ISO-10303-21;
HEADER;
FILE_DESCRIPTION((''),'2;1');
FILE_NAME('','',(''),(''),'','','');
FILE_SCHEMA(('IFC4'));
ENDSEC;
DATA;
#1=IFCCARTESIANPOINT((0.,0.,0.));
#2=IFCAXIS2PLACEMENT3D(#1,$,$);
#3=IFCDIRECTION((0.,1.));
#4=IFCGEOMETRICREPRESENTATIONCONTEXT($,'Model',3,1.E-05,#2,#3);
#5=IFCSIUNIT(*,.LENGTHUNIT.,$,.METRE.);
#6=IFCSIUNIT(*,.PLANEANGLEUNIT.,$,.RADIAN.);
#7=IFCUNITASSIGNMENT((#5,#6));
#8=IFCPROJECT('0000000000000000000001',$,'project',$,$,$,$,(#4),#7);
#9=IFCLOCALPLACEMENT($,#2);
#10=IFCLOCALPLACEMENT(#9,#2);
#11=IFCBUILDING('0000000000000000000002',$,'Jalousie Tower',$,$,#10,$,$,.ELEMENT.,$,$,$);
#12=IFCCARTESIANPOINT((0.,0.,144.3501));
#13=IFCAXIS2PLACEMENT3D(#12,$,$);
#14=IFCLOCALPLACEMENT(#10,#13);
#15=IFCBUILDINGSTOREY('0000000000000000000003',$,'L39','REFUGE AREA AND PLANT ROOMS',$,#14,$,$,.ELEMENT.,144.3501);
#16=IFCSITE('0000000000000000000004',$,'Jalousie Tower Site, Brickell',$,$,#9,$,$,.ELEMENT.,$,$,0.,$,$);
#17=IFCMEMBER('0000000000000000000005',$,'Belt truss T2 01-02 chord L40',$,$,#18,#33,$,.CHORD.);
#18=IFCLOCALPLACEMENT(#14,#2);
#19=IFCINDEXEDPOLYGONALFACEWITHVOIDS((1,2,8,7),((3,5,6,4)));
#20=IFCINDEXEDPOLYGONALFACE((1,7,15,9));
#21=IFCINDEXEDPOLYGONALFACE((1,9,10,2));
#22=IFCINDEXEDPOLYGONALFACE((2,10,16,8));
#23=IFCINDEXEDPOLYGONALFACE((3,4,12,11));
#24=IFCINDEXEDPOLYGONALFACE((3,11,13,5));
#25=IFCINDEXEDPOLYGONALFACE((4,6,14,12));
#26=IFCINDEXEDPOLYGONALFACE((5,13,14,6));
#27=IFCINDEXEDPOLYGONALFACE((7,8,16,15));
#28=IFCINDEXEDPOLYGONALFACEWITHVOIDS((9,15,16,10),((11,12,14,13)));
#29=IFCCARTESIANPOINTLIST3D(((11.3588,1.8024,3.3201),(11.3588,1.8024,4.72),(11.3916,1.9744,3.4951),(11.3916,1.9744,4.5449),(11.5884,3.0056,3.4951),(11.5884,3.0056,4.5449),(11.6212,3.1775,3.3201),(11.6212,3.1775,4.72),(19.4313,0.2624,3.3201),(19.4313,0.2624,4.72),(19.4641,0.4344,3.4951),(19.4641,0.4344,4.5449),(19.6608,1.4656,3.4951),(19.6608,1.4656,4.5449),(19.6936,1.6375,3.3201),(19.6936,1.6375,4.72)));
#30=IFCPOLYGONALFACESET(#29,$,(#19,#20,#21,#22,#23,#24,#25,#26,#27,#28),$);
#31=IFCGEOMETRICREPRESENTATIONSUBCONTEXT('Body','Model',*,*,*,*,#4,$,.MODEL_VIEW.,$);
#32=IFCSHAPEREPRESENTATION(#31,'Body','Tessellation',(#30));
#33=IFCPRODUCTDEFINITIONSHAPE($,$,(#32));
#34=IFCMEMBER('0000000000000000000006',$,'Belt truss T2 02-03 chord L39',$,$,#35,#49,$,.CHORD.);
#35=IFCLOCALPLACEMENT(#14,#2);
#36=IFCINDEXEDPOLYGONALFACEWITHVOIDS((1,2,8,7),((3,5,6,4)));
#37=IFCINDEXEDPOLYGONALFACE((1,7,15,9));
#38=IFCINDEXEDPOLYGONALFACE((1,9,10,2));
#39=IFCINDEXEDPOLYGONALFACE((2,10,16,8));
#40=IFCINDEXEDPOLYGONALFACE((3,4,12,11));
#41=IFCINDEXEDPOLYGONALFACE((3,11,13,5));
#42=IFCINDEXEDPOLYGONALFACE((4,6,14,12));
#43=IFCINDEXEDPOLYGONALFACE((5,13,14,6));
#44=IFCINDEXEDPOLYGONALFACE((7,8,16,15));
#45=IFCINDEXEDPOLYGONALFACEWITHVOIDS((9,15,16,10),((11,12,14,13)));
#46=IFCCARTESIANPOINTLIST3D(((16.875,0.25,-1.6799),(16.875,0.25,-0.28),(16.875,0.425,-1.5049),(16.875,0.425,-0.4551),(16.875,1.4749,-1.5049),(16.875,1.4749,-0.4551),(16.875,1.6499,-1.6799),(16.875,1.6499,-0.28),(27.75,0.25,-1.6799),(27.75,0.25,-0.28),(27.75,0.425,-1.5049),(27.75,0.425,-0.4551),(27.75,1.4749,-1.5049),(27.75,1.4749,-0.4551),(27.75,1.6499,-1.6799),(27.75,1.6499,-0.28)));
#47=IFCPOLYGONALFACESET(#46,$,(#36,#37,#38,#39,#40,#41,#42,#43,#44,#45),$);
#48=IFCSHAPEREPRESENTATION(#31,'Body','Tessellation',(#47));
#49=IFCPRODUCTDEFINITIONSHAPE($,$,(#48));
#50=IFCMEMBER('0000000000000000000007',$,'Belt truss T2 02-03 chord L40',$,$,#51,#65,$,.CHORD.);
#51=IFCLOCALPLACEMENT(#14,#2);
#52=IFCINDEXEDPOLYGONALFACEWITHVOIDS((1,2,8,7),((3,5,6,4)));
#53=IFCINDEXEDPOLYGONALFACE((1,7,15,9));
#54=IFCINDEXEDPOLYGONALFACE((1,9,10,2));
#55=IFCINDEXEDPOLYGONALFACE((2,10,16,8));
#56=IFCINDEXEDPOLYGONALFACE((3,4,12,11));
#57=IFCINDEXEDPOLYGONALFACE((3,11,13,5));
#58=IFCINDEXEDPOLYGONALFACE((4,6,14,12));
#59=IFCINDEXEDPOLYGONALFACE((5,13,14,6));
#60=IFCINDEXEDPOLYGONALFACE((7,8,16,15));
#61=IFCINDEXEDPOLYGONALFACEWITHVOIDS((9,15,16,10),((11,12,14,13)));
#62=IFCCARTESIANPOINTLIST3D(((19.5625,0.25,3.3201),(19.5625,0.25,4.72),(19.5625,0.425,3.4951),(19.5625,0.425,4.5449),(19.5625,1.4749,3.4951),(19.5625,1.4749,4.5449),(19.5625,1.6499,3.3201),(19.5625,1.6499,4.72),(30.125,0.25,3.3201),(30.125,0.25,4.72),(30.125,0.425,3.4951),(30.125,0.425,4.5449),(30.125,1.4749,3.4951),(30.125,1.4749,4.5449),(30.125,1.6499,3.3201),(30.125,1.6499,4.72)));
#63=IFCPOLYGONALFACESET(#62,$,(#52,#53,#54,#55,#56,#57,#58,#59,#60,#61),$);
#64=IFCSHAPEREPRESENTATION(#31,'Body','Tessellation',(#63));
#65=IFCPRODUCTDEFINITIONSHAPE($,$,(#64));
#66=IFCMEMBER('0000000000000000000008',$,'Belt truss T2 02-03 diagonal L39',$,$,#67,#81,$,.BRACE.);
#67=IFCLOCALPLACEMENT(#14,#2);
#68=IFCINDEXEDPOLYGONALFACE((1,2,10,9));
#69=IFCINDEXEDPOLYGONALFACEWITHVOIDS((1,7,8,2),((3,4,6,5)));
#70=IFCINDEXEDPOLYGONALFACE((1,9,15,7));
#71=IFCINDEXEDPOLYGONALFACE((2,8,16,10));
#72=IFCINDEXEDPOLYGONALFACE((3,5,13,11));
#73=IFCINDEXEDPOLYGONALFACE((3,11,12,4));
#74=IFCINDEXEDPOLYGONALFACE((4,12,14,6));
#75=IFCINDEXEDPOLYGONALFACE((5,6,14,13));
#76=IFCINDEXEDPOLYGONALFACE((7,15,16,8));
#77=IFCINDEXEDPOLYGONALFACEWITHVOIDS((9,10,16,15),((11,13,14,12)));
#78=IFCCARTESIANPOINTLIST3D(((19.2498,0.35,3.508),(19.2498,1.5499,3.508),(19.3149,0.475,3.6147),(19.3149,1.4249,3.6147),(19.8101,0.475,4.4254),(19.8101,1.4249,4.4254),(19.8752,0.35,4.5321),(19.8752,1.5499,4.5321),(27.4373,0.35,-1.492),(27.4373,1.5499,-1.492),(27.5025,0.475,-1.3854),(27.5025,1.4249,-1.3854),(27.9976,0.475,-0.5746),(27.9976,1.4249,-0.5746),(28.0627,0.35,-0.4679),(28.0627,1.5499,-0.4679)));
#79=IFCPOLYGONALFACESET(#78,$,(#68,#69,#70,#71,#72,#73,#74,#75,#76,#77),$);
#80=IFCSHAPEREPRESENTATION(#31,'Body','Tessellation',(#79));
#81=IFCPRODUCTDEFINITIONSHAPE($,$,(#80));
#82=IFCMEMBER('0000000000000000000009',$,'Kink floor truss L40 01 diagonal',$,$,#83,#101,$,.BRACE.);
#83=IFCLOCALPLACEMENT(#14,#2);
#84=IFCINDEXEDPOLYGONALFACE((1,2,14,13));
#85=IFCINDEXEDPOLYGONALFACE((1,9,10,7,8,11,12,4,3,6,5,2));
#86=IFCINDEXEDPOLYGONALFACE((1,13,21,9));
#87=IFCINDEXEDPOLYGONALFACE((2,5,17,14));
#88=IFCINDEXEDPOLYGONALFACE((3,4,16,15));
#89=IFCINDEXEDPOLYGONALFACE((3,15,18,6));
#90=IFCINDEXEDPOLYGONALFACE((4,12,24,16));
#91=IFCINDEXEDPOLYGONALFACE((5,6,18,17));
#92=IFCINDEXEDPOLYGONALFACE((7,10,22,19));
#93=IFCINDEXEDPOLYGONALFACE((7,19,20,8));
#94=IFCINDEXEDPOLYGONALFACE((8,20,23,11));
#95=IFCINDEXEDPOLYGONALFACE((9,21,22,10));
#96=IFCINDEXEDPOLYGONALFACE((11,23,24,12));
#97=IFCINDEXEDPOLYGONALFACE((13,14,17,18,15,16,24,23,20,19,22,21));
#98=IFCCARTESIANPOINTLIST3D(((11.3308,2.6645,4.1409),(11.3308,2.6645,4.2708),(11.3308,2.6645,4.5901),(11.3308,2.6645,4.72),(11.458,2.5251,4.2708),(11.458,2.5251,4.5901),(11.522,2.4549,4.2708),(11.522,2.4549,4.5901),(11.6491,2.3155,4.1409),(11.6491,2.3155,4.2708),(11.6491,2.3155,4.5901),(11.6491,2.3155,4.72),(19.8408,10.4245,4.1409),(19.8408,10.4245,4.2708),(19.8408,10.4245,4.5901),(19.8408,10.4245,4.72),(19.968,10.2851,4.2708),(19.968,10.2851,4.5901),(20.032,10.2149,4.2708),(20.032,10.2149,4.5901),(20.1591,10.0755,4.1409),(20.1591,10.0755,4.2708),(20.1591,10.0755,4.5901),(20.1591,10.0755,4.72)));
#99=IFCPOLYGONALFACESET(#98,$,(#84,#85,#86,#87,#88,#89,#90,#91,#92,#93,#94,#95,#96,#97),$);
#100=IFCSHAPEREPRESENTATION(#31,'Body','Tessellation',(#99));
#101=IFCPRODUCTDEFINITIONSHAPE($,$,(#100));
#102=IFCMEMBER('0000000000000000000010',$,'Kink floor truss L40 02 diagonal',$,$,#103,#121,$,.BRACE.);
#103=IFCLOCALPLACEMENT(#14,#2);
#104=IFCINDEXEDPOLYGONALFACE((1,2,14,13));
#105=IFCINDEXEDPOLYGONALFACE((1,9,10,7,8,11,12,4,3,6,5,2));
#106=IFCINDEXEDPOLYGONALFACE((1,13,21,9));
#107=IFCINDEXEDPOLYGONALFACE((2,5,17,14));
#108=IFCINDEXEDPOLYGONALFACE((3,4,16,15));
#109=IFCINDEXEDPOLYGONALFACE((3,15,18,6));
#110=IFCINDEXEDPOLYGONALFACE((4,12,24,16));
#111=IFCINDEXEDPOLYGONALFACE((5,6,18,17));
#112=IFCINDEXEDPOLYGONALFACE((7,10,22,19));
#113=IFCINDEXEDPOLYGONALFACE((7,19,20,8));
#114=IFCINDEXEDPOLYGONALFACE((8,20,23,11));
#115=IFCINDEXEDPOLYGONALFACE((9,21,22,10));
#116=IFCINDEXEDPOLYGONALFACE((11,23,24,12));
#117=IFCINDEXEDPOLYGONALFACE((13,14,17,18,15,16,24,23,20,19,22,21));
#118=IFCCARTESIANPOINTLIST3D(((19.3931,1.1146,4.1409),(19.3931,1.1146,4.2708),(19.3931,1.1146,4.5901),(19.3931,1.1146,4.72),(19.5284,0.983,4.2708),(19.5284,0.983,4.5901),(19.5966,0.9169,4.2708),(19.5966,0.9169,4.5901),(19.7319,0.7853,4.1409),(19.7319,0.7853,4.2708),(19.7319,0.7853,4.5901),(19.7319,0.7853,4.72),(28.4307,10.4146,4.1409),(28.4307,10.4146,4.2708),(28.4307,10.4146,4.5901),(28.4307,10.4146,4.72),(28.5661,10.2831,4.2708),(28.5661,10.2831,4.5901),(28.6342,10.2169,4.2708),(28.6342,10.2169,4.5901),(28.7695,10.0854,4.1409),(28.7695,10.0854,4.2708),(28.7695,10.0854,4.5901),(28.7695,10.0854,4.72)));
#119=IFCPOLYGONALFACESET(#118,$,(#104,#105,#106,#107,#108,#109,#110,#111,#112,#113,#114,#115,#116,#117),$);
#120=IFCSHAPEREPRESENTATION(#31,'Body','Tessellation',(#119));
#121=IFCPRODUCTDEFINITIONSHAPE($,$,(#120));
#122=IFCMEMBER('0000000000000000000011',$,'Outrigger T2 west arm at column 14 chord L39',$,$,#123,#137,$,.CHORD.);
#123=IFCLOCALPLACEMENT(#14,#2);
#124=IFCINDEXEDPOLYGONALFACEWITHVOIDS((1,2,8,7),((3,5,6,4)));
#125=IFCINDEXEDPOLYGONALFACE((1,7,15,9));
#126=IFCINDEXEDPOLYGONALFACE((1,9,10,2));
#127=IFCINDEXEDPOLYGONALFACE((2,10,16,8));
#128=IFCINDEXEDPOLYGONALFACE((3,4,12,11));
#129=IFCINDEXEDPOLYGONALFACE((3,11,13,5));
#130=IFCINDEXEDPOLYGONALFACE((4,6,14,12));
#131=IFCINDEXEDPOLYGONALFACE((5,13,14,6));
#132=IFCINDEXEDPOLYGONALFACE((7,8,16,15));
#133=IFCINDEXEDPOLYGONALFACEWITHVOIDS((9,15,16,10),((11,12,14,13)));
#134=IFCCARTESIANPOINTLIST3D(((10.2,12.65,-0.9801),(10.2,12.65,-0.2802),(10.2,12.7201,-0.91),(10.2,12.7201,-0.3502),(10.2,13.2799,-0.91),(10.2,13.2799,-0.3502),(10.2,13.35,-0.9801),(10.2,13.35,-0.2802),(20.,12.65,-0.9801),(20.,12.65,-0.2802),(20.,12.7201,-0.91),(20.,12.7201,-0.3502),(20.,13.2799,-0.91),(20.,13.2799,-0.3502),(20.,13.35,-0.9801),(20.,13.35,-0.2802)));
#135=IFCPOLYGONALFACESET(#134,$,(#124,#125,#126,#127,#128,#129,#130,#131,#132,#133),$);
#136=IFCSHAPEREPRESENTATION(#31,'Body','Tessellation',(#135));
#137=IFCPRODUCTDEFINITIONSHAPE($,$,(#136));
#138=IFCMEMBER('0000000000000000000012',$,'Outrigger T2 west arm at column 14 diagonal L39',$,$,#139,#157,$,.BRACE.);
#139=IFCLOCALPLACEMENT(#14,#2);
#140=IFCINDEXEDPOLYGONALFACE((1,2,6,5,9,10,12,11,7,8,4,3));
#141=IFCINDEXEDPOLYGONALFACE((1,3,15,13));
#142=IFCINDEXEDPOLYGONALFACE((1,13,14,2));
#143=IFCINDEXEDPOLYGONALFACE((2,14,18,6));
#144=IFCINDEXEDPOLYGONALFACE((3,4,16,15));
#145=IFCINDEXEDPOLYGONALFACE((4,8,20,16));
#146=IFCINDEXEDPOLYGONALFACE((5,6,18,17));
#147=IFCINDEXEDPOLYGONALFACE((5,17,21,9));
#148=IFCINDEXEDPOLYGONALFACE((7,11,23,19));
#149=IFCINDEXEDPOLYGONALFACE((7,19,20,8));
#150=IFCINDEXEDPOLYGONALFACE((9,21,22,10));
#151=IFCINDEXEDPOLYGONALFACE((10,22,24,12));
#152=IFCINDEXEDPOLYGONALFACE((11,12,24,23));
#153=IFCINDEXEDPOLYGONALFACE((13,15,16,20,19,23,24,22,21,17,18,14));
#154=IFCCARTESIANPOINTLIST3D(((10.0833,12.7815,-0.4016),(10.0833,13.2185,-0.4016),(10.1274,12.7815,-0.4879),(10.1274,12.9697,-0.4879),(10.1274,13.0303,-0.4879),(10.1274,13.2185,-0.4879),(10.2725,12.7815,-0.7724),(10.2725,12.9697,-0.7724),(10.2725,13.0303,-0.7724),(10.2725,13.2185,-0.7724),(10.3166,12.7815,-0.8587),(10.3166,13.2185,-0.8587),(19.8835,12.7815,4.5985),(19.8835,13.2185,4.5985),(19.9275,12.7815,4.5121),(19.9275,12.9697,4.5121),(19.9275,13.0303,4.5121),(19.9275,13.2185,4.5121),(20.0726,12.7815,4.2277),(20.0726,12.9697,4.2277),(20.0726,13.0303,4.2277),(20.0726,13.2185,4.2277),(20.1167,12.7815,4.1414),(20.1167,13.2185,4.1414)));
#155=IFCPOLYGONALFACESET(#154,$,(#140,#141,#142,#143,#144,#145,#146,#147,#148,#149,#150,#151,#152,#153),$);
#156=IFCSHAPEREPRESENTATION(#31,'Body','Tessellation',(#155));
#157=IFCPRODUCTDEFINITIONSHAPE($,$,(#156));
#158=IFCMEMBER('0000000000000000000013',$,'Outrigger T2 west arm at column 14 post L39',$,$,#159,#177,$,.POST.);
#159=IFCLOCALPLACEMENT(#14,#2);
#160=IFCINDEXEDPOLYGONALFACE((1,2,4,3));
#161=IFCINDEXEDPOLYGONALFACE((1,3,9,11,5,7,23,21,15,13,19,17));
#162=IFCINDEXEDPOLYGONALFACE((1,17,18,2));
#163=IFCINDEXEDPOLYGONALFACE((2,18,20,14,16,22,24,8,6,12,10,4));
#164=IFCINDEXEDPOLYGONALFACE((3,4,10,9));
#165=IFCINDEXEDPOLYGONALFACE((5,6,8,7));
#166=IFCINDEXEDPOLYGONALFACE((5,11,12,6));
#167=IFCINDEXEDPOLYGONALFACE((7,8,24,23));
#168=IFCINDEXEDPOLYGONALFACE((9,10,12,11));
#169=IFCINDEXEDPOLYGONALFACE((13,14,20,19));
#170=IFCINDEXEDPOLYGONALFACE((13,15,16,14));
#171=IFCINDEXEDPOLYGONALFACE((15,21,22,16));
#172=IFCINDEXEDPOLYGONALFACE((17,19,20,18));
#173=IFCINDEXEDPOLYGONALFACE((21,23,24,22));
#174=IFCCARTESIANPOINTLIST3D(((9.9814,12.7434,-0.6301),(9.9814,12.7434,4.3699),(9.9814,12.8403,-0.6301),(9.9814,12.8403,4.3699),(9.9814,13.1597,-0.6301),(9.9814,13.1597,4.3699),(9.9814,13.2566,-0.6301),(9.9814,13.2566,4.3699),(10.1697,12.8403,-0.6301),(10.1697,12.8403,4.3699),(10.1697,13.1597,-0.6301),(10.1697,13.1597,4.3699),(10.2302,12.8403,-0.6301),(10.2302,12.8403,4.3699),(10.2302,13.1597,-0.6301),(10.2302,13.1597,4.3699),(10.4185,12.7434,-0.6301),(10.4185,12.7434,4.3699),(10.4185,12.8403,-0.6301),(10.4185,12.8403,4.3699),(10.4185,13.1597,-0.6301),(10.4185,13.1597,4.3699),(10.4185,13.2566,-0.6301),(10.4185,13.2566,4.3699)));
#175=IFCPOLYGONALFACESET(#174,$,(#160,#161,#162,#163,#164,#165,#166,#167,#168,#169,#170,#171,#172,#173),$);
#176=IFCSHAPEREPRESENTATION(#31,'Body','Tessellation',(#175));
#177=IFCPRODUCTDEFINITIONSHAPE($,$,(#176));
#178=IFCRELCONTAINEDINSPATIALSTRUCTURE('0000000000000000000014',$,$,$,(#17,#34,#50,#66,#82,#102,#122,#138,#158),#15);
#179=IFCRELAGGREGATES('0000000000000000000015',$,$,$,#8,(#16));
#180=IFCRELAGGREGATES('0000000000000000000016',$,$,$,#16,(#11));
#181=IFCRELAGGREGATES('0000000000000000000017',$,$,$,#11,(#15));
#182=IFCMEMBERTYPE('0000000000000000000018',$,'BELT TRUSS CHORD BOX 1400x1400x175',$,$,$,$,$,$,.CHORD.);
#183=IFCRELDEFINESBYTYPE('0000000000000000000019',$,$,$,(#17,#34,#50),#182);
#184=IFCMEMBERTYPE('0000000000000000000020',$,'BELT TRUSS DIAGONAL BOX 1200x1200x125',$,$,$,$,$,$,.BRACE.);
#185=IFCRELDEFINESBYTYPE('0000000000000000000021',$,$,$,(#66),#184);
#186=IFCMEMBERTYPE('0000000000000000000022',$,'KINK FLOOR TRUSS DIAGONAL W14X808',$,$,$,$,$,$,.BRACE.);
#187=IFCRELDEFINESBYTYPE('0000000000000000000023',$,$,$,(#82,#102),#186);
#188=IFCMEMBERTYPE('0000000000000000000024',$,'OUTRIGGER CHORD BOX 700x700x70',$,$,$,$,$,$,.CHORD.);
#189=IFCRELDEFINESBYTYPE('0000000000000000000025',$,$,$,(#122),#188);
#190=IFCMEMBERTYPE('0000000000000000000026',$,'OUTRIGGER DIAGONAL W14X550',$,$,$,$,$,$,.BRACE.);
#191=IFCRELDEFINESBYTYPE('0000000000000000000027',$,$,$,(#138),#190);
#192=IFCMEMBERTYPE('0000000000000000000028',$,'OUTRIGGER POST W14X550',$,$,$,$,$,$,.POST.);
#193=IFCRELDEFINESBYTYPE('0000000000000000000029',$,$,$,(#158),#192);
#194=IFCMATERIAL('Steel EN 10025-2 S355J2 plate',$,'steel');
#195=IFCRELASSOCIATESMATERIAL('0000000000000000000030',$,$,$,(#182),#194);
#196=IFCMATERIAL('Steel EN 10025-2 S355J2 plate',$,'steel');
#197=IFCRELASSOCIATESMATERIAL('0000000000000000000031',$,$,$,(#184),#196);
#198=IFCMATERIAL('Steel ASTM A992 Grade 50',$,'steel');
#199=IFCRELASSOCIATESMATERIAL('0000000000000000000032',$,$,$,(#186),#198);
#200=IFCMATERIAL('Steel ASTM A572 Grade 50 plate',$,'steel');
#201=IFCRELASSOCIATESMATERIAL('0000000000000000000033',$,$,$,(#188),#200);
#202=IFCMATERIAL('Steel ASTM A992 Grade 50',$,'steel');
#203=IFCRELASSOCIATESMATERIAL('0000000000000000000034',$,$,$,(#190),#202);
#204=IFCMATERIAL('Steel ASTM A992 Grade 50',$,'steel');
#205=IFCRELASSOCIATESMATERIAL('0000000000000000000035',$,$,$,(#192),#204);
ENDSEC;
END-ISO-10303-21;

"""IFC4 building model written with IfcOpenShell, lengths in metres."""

from ifc_helpers import new_model, si_unit, direction, frame, origin, origin_2d, place, context, subcontext, project, spatial, hollow_rectangle, i_section, extrude, material, material_profile, profile_set, type_object, element, save


model = new_model("IFC4")

# Units and contexts
model_context = context("Model", 3, precision=1e-05, world=origin(), true_north=direction((0.0, 1.0)))
body_context = subcontext(model_context, "Body", "Model", "MODEL_VIEW")
ifc_project = project(units=[si_unit("LENGTHUNIT", "METRE"), si_unit("PLANEANGLEUNIT", "RADIAN")], contexts=[model_context])

# Site, building, storey
site_placement = place(None, origin())
site = spatial("IfcSite", under=ifc_project, at=site_placement, Name="Jalousie Tower Site, Brickell", CompositionType="ELEMENT", RefElevation=0.0)
building_placement = place(site_placement, origin())
building = spatial("IfcBuilding", under=site, at=building_placement, Name="Jalousie Tower", CompositionType="ELEMENT")
storey_placement = place(building_placement, frame((0.0, 0.0, 144.3501)))
storey = spatial("IfcBuildingStorey", under=building, at=storey_placement, Name="L39", Description="REFUGE AREA AND PLANT ROOMS", CompositionType="ELEMENT", Elevation=144.3501)

# Members
ifc_material_1 = material(Name="Steel EN 10025-2 S355J2 plate", Category="steel")
ifc_material_profile_1 = material_profile(ifc_material_1, hollow_rectangle(XDim=1.3999, YDim=1.3999, WallThickness=0.175, at=origin_2d()), Name="BOX 1400x1400x175")
ifc_profile_set_1 = profile_set([ifc_material_profile_1], Name="Steel EN 10025-2 S355J2 plate")
member_type_1 = type_object("IfcMemberType", Name="BELT TRUSS CHORD BOX 1400x1400x175", PredefinedType="CHORD", material=ifc_profile_set_1)
member_1_placement = place(storey_placement, frame((11.49, 2.49, 4.02), z_axis=(0.982284, -0.187396, 0.0), x_axis=(0.187396, 0.982284, 0.0)))
element("IfcMember", 1, at=member_1_placement, inside=storey, type_object=member_type_1, Name="Belt truss T2 01-02 chord L40", PredefinedType="CHORD", context=body_context, shape_type="SweptSolid", body=[
    extrude(hollow_rectangle(XDim=1.3999, YDim=1.3999, WallThickness=0.175, at=origin_2d()), origin(), (0.0, 0.0, 1.0), 8.218),
])
member_2_placement = place(storey_placement, frame((16.875, 0.95, -0.98), z_axis=(1.0, 0.0, 0.0), x_axis=(0.0, 1.0, 0.0)))
element("IfcMember", 2, at=member_2_placement, inside=storey, type_object=member_type_1, Name="Belt truss T2 02-03 chord L39", PredefinedType="CHORD", context=body_context, shape_type="SweptSolid", body=[
    extrude(hollow_rectangle(XDim=1.3999, YDim=1.3999, WallThickness=0.175, at=origin_2d()), origin(), (0.0, 0.0, 1.0), 10.875),
])
member_3_placement = place(storey_placement, frame((19.5625, 0.95, 4.02), z_axis=(1.0, 0.0, 0.0), x_axis=(0.0, 1.0, 0.0)))
element("IfcMember", 3, at=member_3_placement, inside=storey, type_object=member_type_1, Name="Belt truss T2 02-03 chord L40", PredefinedType="CHORD", context=body_context, shape_type="SweptSolid", body=[
    extrude(hollow_rectangle(XDim=1.3999, YDim=1.3999, WallThickness=0.175, at=origin_2d()), origin(), (0.0, 0.0, 1.0), 10.5625),
])
ifc_material_2 = material(Name="Steel EN 10025-2 S355J2 plate", Category="steel")
ifc_material_profile_2 = material_profile(ifc_material_2, hollow_rectangle(XDim=1.2, YDim=1.2, WallThickness=0.125, at=origin_2d()), Name="BOX 1200x1200x125")
ifc_profile_set_2 = profile_set([ifc_material_profile_2], Name="Steel EN 10025-2 S355J2 plate")
member_type_2 = type_object("IfcMemberType", Name="BELT TRUSS DIAGONAL BOX 1200x1200x125", PredefinedType="BRACE", material=ifc_profile_set_2)
member_4_placement = place(storey_placement, frame((19.5625, 0.95, 4.02), z_axis=(0.853443, 0.0, -0.521186), x_axis=(0.0, 1.0, 0.0)))
element("IfcMember", 4, at=member_4_placement, inside=storey, type_object=member_type_2, Name="Belt truss T2 02-03 diagonal L39", PredefinedType="BRACE", context=body_context, shape_type="SweptSolid", body=[
    extrude(hollow_rectangle(XDim=1.2, YDim=1.2, WallThickness=0.125, at=origin_2d()), origin(), (0.0, 0.0, 1.0), 9.5935),
])
ifc_material_3 = material(Name="Steel ASTM A992 Grade 50", Category="steel")
ifc_material_profile_3 = material_profile(ifc_material_3, i_section(OverallWidth=0.4724, OverallDepth=0.5791, WebThickness=0.095, FlangeThickness=0.1299, at=origin_2d()), Name="W14X808")
ifc_profile_set_3 = profile_set([ifc_material_profile_3], Name="Steel ASTM A992 Grade 50")
member_type_3 = type_object("IfcMemberType", Name="KINK FLOOR TRUSS DIAGONAL W14X808", PredefinedType="BRACE", material=ifc_profile_set_3)
member_5_placement = place(storey_placement, frame((11.49, 2.49, 4.4304), z_axis=(0.738918, 0.673796, 0.0), x_axis=(-0.673796, 0.738918, 0.0)))
element("IfcMember", 5, at=member_5_placement, inside=storey, type_object=member_type_3, Name="Kink floor truss L40 01 diagonal", PredefinedType="BRACE", context=body_context, shape_type="SweptSolid", body=[
    extrude(i_section(OverallWidth=0.4724, OverallDepth=0.5791, WebThickness=0.095, FlangeThickness=0.1299, at=origin_2d()), origin(), (0.0, 0.0, 1.0), 11.5168),
])
member_6_placement = place(storey_placement, frame((19.5625, 0.95, 4.4304), z_axis=(0.696915, 0.717154, 0.0), x_axis=(-0.717154, 0.696915, 0.0)))
element("IfcMember", 6, at=member_6_placement, inside=storey, type_object=member_type_3, Name="Kink floor truss L40 02 diagonal", PredefinedType="BRACE", context=body_context, shape_type="SweptSolid", body=[
    extrude(i_section(OverallWidth=0.4724, OverallDepth=0.5791, WebThickness=0.095, FlangeThickness=0.1299, at=origin_2d()), origin(), (0.0, 0.0, 1.0), 12.968),
])
ifc_material_4 = material(Name="Steel ASTM A572 Grade 50 plate", Category="steel")
ifc_material_profile_4 = material_profile(ifc_material_4, hollow_rectangle(XDim=0.7, YDim=0.7, WallThickness=0.0701, at=origin_2d()), Name="BOX 700x700x70")
ifc_profile_set_4 = profile_set([ifc_material_profile_4], Name="Steel ASTM A572 Grade 50 plate")
member_type_4 = type_object("IfcMemberType", Name="OUTRIGGER CHORD BOX 700x700x70", PredefinedType="CHORD", material=ifc_profile_set_4)
member_7_placement = place(storey_placement, frame((10.2, 13.0, -0.6301), z_axis=(1.0, 0.0, 0.0), x_axis=(0.0, 1.0, 0.0)))
element("IfcMember", 7, at=member_7_placement, inside=storey, type_object=member_type_4, Name="Outrigger T2 west arm at column 14 chord L39", PredefinedType="CHORD", context=body_context, shape_type="SweptSolid", body=[
    extrude(hollow_rectangle(XDim=0.7, YDim=0.7, WallThickness=0.0701, at=origin_2d()), origin(), (0.0, 0.0, 1.0), 9.8),
])
ifc_material_5 = material(Name="Steel ASTM A992 Grade 50", Category="steel")
ifc_material_profile_5 = material_profile(ifc_material_5, i_section(OverallWidth=0.437, OverallDepth=0.5132, WebThickness=0.0605, FlangeThickness=0.0969, at=origin_2d()), Name="W14X550")
ifc_profile_set_5 = profile_set([ifc_material_profile_5], Name="Steel ASTM A992 Grade 50")
member_type_5 = type_object("IfcMemberType", Name="OUTRIGGER DIAGONAL W14X550", PredefinedType="BRACE", material=ifc_profile_set_5)
member_8_placement = place(storey_placement, frame((10.2, 13.0, -0.6301), z_axis=(0.890763, 0.0, 0.454469), x_axis=(0.0, 1.0, 0.0)))
element("IfcMember", 8, at=member_8_placement, inside=storey, type_object=member_type_5, Name="Outrigger T2 west arm at column 14 diagonal L39", PredefinedType="BRACE", context=body_context, shape_type="SweptSolid", body=[
    extrude(i_section(OverallWidth=0.437, OverallDepth=0.5132, WebThickness=0.0605, FlangeThickness=0.0969, at=origin_2d()), origin(), (0.0, 0.0, 1.0), 11.002),
])
ifc_material_6 = material(Name="Steel ASTM A992 Grade 50", Category="steel")
ifc_material_profile_6 = material_profile(ifc_material_6, i_section(OverallWidth=0.437, OverallDepth=0.5132, WebThickness=0.0605, FlangeThickness=0.0969, at=origin_2d()), Name="W14X550")
ifc_profile_set_6 = profile_set([ifc_material_profile_6], Name="Steel ASTM A992 Grade 50")
member_type_6 = type_object("IfcMemberType", Name="OUTRIGGER POST W14X550", PredefinedType="POST", material=ifc_profile_set_6)
member_9_placement = place(storey_placement, frame((10.2, 13.0, -0.6301), z_axis=(0.0, 0.0, 1.0), x_axis=(1.0, 0.0, 0.0)))
element("IfcMember", 9, at=member_9_placement, inside=storey, type_object=member_type_6, Name="Outrigger T2 west arm at column 14 post L39", PredefinedType="POST", context=body_context, shape_type="SweptSolid", body=[
    extrude(i_section(OverallWidth=0.437, OverallDepth=0.5132, WebThickness=0.0605, FlangeThickness=0.0969, at=origin_2d()), origin(), (0.0, 0.0, 1.0), 5.0),
])

save(model, "model.ifc")
